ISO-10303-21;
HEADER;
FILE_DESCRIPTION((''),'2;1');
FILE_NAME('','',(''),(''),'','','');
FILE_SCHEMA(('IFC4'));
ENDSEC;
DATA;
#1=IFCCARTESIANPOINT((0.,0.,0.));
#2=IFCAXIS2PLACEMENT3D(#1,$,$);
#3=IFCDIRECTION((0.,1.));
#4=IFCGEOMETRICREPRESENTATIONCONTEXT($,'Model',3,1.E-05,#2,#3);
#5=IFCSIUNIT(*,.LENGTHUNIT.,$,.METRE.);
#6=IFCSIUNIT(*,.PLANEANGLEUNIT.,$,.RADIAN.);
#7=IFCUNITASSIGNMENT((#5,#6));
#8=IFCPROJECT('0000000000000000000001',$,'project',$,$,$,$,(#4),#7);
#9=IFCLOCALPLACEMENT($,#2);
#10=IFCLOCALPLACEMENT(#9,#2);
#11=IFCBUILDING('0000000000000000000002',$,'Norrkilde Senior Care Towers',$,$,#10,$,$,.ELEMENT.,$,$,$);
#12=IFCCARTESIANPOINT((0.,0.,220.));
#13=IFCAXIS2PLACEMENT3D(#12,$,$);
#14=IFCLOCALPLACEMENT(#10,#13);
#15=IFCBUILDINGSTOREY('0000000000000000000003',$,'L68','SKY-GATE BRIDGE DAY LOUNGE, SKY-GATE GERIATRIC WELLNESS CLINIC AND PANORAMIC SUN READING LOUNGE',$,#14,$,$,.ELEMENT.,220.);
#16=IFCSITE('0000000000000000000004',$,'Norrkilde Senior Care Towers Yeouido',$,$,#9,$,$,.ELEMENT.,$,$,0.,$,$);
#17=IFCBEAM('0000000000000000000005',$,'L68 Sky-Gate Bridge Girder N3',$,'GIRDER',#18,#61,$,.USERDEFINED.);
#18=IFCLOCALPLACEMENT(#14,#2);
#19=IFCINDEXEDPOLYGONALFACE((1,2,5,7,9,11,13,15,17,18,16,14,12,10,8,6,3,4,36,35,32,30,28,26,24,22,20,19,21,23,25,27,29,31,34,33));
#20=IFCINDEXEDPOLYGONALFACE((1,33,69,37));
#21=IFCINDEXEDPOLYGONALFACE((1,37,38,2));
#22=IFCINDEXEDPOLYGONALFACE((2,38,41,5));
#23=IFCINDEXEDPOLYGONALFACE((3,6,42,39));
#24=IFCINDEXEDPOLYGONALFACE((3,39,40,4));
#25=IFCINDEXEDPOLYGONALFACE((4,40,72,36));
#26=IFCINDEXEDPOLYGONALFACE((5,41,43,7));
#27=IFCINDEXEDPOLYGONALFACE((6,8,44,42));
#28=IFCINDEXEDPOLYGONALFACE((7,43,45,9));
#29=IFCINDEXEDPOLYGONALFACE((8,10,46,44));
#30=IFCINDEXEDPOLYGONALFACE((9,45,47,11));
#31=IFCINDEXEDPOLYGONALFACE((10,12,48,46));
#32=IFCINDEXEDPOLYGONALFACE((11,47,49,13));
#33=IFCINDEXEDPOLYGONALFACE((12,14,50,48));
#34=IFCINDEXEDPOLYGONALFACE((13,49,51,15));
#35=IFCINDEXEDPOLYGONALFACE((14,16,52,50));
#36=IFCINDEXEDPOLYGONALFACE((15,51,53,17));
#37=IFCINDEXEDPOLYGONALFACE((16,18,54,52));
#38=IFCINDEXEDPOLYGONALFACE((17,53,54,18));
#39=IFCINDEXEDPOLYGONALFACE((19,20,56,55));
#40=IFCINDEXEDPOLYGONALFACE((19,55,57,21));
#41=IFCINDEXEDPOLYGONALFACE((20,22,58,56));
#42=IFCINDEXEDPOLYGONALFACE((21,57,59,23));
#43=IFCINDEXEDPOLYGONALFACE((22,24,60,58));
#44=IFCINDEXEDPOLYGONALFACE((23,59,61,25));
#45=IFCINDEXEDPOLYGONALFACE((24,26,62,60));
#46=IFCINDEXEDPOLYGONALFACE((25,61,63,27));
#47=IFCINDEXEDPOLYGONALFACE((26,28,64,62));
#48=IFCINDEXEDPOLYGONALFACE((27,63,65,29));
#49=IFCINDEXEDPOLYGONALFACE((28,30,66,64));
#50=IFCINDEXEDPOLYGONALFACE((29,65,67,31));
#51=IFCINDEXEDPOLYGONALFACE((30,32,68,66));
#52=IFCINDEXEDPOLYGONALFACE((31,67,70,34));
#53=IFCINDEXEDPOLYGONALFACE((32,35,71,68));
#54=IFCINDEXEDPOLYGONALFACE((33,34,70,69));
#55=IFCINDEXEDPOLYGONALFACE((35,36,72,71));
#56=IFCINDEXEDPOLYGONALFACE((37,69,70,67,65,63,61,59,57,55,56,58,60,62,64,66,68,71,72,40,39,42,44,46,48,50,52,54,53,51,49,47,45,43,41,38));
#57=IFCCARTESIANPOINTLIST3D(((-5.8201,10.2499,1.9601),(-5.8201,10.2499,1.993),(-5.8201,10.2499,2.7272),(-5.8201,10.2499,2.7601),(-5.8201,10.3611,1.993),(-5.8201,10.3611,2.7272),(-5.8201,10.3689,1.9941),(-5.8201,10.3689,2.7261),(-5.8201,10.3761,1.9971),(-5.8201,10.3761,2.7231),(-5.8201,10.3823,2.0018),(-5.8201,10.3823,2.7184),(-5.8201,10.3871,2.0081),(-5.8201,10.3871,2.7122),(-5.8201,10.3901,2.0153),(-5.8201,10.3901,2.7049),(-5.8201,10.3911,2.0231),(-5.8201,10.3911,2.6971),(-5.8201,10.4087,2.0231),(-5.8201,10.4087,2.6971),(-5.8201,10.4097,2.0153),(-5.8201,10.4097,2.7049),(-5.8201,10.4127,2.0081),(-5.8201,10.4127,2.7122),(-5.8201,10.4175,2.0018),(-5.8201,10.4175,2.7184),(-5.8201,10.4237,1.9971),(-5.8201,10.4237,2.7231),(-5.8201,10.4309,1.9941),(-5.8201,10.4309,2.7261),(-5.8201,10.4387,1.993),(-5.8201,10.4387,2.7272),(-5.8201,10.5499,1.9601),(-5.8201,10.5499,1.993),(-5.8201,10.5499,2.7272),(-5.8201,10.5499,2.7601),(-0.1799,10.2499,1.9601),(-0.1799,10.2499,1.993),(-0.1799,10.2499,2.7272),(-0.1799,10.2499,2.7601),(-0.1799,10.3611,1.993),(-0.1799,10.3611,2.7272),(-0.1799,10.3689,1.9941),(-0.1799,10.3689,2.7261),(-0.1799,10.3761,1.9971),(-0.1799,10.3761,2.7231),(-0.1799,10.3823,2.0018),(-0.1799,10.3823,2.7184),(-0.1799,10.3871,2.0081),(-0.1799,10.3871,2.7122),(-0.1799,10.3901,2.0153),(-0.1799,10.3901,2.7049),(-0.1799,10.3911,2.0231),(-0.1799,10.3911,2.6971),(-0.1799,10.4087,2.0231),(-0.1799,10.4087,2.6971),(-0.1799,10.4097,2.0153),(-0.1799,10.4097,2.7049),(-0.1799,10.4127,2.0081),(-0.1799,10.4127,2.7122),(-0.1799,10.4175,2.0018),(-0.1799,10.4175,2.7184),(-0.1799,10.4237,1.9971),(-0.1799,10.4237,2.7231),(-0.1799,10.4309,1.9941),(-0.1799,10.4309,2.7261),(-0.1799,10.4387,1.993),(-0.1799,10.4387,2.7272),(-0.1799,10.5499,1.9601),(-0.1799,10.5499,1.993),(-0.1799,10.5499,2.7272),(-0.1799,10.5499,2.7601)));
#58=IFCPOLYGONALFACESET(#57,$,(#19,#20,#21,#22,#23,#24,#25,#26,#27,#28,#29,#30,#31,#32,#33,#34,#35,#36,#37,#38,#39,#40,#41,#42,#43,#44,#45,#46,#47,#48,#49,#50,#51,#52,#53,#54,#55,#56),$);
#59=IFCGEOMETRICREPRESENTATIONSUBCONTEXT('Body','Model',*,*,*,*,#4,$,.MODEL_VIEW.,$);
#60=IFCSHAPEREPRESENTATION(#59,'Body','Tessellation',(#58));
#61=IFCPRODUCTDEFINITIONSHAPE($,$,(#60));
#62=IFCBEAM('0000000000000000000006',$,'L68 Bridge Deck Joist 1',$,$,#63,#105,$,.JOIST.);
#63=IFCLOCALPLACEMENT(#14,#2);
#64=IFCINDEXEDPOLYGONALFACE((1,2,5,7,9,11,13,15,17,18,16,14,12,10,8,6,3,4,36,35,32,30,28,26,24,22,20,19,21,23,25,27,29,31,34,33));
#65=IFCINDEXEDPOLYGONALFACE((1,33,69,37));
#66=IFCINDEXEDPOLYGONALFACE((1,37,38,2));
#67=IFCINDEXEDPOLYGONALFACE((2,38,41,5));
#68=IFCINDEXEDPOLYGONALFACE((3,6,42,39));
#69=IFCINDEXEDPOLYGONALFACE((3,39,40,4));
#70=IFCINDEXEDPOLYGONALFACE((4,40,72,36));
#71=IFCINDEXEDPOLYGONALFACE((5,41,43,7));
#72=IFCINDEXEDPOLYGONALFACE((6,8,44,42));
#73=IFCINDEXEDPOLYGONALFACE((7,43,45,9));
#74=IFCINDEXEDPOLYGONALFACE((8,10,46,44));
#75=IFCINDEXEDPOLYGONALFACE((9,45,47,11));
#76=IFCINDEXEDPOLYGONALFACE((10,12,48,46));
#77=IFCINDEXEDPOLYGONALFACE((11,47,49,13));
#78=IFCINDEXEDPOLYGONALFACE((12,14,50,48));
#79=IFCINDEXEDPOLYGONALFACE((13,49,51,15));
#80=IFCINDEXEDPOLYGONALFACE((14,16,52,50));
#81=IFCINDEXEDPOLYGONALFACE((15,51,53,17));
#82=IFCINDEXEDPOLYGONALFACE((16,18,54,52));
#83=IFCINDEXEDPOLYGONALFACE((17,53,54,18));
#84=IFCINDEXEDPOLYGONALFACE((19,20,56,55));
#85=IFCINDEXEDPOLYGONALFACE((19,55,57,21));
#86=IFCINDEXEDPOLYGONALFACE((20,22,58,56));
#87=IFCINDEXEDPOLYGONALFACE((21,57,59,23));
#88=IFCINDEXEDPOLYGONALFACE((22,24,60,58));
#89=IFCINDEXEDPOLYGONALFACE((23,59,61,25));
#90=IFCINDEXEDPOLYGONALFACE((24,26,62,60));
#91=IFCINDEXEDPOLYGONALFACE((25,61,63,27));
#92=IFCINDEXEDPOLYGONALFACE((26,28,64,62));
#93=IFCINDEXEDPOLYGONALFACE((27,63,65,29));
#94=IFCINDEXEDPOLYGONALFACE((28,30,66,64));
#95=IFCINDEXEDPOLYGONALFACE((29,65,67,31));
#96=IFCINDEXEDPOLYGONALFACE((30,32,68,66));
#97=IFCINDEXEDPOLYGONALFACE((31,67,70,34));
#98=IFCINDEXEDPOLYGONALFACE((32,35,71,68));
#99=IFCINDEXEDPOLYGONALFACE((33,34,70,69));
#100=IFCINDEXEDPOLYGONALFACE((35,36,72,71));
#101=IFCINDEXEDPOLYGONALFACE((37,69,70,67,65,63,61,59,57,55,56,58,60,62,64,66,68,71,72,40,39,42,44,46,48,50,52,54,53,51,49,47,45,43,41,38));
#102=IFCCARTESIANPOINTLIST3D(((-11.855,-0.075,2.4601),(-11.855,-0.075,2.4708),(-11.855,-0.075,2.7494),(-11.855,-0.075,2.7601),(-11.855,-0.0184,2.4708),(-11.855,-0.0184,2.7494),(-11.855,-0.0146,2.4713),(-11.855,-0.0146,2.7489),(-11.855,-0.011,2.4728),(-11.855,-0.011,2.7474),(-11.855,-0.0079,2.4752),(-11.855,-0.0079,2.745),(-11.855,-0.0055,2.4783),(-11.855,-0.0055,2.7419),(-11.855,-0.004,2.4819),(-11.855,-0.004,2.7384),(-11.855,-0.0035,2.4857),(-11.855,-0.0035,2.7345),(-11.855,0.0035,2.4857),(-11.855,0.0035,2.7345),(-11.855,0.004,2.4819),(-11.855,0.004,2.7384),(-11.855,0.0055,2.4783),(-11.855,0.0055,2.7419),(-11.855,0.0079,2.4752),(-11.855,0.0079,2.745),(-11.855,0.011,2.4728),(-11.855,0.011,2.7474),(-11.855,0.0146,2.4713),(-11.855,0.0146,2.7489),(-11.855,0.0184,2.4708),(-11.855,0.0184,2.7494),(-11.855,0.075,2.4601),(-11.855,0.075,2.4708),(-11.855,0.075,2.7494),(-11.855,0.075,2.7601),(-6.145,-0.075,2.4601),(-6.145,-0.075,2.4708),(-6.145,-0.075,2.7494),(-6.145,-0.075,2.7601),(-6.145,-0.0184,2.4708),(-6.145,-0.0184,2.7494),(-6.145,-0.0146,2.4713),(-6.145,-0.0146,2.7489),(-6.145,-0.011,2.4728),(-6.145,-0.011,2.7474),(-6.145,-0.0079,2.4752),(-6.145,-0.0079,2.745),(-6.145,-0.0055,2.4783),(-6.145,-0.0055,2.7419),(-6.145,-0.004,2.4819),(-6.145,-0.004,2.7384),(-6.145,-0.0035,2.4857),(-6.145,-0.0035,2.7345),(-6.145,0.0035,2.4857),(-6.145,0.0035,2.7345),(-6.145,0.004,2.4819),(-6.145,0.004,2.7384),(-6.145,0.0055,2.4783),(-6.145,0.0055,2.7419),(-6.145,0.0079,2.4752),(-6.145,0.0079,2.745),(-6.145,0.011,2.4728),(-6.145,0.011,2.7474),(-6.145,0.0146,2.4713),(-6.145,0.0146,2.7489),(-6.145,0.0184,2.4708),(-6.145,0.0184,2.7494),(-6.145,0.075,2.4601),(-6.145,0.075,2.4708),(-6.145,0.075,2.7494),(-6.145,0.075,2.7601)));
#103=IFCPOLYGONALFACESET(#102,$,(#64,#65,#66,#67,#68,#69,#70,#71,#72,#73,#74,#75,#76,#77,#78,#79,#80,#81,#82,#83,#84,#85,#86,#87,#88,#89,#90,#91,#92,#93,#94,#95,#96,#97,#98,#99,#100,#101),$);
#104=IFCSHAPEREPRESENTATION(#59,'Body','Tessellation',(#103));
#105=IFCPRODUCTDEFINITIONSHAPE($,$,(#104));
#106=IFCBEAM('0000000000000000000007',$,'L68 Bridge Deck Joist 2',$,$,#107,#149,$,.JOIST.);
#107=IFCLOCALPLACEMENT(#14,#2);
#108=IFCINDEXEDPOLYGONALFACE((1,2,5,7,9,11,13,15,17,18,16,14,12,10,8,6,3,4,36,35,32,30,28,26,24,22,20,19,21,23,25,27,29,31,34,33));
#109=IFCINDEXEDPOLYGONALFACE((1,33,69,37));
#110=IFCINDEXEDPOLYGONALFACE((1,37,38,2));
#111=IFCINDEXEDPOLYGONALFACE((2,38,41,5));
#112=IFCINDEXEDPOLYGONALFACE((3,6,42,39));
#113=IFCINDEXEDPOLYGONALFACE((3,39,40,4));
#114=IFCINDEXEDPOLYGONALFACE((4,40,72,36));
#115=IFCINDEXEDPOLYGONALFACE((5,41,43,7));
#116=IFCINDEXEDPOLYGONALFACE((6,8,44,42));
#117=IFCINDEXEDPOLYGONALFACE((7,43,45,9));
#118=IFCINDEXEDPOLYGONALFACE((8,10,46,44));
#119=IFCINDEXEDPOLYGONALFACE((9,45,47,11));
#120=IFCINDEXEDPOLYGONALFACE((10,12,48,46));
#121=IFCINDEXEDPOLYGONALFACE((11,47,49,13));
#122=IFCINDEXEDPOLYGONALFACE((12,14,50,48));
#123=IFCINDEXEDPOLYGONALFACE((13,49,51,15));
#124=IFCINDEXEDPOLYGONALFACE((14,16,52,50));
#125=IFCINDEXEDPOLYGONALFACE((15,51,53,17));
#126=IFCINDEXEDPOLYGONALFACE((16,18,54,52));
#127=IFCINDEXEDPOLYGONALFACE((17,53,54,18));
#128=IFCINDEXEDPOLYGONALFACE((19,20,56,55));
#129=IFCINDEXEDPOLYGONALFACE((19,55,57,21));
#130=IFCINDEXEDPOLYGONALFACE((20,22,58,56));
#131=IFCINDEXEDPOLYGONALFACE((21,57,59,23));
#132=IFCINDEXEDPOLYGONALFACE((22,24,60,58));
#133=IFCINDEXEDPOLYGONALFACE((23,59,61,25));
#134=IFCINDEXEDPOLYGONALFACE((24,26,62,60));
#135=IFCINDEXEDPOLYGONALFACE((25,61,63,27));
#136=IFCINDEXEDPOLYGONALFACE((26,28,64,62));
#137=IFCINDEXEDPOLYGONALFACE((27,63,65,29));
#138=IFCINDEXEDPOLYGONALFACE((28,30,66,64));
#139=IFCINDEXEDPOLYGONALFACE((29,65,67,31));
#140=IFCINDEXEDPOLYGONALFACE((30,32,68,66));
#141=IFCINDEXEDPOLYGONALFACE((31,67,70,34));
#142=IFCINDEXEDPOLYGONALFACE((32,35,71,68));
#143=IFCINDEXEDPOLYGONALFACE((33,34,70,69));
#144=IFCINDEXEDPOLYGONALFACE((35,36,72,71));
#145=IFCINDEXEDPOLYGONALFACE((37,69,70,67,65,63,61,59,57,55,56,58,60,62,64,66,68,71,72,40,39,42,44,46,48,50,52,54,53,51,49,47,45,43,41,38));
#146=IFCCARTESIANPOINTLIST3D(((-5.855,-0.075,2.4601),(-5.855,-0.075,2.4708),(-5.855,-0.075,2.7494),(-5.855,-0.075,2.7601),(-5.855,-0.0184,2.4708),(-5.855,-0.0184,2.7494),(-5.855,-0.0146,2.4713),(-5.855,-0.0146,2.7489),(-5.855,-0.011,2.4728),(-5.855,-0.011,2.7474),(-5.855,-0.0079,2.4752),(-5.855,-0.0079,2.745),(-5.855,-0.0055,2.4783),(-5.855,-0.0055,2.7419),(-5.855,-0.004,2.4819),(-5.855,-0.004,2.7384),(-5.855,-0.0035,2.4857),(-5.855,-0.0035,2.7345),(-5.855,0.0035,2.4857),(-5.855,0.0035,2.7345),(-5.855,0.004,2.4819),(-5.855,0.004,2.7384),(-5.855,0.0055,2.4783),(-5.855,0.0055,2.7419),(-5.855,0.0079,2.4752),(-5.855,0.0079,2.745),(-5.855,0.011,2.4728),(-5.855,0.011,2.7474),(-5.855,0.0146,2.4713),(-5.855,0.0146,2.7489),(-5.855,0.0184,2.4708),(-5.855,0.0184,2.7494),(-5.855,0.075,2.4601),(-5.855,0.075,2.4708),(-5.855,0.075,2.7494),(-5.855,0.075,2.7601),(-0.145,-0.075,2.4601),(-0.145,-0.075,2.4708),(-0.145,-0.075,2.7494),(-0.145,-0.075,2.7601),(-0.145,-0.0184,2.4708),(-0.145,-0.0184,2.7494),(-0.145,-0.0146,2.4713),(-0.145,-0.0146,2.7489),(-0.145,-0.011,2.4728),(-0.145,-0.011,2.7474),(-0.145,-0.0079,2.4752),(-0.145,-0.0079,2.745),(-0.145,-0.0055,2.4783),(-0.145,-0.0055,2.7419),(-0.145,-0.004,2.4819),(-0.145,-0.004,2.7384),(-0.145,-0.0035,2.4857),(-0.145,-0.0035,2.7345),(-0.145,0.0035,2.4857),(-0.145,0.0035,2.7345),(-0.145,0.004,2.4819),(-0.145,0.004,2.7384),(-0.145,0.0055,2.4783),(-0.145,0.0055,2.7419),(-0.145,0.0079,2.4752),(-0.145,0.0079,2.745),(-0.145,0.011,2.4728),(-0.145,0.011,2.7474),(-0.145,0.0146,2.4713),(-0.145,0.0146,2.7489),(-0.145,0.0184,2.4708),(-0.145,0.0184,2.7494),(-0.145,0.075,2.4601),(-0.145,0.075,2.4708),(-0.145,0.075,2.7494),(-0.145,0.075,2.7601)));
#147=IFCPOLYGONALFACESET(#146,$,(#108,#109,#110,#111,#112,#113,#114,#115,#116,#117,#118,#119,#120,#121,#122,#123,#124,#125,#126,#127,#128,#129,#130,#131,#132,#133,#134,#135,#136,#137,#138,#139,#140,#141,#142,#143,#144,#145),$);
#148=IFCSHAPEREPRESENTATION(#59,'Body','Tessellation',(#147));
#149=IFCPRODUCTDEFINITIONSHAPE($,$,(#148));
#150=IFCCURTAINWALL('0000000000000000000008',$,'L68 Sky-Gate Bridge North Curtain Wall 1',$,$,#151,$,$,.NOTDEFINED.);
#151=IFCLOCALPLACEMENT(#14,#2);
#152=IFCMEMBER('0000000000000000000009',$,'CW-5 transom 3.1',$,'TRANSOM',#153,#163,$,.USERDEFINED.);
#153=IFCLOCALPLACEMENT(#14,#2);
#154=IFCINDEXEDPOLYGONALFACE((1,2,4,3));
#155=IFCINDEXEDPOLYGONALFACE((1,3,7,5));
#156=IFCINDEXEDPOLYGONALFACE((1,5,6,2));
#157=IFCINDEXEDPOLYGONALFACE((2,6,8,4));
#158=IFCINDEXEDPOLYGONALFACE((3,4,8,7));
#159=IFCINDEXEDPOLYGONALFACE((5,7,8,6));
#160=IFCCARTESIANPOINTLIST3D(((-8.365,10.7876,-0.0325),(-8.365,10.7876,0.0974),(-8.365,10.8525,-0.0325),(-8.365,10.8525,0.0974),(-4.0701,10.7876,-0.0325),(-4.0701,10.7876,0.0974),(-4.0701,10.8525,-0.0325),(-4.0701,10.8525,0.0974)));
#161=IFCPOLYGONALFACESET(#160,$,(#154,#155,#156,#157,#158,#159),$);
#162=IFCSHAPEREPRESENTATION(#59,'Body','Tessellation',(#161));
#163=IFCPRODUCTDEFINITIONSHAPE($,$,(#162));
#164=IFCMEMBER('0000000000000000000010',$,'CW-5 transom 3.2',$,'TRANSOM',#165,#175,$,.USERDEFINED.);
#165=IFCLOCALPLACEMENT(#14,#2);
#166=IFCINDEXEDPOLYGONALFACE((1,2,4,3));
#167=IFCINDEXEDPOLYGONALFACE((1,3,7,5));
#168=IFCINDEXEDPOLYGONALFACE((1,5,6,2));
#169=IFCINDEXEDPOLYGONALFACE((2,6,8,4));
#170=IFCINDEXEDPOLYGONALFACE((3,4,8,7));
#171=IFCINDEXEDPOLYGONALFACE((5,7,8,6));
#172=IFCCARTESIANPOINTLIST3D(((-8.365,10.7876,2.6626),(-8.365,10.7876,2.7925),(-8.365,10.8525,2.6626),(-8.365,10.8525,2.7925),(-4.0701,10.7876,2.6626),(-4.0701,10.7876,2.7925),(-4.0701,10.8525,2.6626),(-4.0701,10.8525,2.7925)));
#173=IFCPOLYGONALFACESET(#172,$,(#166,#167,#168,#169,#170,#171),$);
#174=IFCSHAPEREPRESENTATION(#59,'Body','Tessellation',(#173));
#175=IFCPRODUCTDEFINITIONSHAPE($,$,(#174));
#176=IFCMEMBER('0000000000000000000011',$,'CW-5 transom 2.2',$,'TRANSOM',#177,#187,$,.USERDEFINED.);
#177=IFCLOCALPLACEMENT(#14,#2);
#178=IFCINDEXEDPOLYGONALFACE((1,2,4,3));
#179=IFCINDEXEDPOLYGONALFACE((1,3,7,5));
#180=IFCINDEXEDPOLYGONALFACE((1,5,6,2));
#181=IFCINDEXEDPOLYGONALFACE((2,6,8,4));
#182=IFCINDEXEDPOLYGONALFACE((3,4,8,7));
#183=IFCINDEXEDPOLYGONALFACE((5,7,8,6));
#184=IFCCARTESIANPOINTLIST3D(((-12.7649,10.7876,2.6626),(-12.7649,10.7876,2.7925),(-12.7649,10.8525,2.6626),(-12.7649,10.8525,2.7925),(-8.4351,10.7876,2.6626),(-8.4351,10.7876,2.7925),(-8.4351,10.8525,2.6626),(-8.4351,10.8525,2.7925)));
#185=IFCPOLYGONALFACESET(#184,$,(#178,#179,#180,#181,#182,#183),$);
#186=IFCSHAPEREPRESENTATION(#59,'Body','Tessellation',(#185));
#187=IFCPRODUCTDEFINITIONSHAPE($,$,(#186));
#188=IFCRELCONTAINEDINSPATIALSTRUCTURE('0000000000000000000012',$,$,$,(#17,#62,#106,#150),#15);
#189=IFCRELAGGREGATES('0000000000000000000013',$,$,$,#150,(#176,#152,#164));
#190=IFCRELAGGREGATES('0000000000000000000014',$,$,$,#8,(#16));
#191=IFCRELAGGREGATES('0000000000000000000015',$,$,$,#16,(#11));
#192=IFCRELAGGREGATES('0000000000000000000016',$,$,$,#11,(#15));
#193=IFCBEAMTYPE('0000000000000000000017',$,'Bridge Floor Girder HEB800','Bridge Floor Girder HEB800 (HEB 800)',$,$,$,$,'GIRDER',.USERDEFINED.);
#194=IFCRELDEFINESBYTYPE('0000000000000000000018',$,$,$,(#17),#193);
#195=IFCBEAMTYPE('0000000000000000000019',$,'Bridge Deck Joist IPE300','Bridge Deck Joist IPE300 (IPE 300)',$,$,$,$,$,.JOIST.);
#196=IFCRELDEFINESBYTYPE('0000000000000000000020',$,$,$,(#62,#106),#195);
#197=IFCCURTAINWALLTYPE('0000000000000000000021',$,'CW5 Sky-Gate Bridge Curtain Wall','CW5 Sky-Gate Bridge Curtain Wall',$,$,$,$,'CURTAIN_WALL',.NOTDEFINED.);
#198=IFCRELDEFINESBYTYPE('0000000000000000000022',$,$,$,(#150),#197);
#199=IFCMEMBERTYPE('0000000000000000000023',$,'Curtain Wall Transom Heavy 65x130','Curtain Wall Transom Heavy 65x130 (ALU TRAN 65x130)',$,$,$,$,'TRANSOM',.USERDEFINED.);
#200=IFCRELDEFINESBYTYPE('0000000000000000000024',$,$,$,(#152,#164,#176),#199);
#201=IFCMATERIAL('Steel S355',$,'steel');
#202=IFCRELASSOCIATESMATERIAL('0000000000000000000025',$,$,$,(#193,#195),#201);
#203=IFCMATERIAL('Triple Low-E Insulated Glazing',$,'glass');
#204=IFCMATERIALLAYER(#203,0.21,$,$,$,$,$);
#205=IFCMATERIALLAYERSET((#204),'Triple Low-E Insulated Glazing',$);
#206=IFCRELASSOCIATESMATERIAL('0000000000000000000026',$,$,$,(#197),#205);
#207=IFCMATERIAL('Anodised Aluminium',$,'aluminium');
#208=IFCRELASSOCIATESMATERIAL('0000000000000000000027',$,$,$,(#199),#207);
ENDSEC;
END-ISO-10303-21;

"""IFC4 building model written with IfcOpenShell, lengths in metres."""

from ifc_helpers import new_model, si_unit, direction, frame, origin, origin_2d, place, context, subcontext, project, spatial, rectangle, i_section, extrude, source, transform, mapped, material, layer, layer_set, material_profile, profile_set, type_object, type_shapes, element, aggregate, save


model = new_model("IFC4")

# Units and contexts
model_context = context("Model", 3, precision=1e-05, world=origin(), true_north=direction((0.0, 1.0)))
body_context = subcontext(model_context, "Body", "Model", "MODEL_VIEW")
ifc_project = project(units=[si_unit("LENGTHUNIT", "METRE"), si_unit("PLANEANGLEUNIT", "RADIAN")], contexts=[model_context])

# Site, building, storey
site_placement = place(None, origin())
site = spatial("IfcSite", under=ifc_project, at=site_placement, Name="Norrkilde Senior Care Towers Yeouido", CompositionType="ELEMENT", RefElevation=0.0)
building_placement = place(site_placement, origin())
building = spatial("IfcBuilding", under=site, at=building_placement, Name="Norrkilde Senior Care Towers", CompositionType="ELEMENT")
storey_placement = place(building_placement, frame((0.0, 0.0, 220.0)))
storey = spatial("IfcBuildingStorey", under=building, at=storey_placement, Name="L68", Description="SKY-GATE BRIDGE DAY LOUNGE, SKY-GATE GERIATRIC WELLNESS CLINIC AND PANORAMIC SUN READING LOUNGE", CompositionType="ELEMENT", Elevation=220.0)

# Shared definitions
ifc_material_1 = material(Name="Steel S355", Category="steel")

# Beams
ifc_material_profile_1 = material_profile(ifc_material_1, i_section(OverallWidth=0.3, OverallDepth=0.8, WebThickness=0.0176, FlangeThickness=0.033, FilletRadius=0.03, at=origin_2d()), Name="HEB 800")
ifc_profile_set_1 = profile_set([ifc_material_profile_1], Name="Steel S355")
beam_type_1 = type_object("IfcBeamType", Name="Bridge Floor Girder HEB800", Description="Bridge Floor Girder HEB800 (HEB 800)", ElementType="GIRDER", PredefinedType="USERDEFINED", material=ifc_profile_set_1)
shared_shape_1 = source(origin(), body_context, "Body", "SweptSolid", [
    extrude(i_section(OverallWidth=0.3, OverallDepth=0.8, WebThickness=0.0176, FlangeThickness=0.033, FilletRadius=0.03, at=origin_2d()), origin(), (0.0, 0.0, 1.0), 5.6401),
])
type_shapes(beam_type_1, [shared_shape_1])
for number, where, z_axis, x_axis, name in (
    (1, (-5.8201, 10.3999, 2.3601), (1.0, 0.0, 0.0), (0.0, 1.0, 0.0), "L68 Sky-Gate Bridge Girder N3"),
):
    element("IfcBeam", number, at=place(storey_placement, frame(where, z_axis=z_axis, x_axis=x_axis)), inside=storey, type_object=beam_type_1, Name=name, ObjectType="GIRDER", PredefinedType="USERDEFINED", context=body_context, shape_type="MappedRepresentation", body=[
        mapped(shared_shape_1, transform((0.0, 0.0, 0.0), x_axis=(1.0, 0.0, 0.0), y_axis=(0.0, 1.0, 0.0), z_axis=(0.0, 0.0, 1.0), scale=1.0)),
    ])
ifc_material_profile_2 = material_profile(ifc_material_1, i_section(OverallWidth=0.1499, OverallDepth=0.3, WebThickness=0.0071, FlangeThickness=0.0107, FilletRadius=0.0149, at=origin_2d()), Name="IPE 300")
ifc_profile_set_2 = profile_set([ifc_material_profile_2], Name="Steel S355")
beam_type_2 = type_object("IfcBeamType", Name="Bridge Deck Joist IPE300", Description="Bridge Deck Joist IPE300 (IPE 300)", PredefinedType="JOIST", material=ifc_profile_set_2)
shared_shape_2 = source(origin(), body_context, "Body", "SweptSolid", [
    extrude(i_section(OverallWidth=0.1499, OverallDepth=0.3, WebThickness=0.0071, FlangeThickness=0.0107, FilletRadius=0.0149, at=origin_2d()), origin(), (0.0, 0.0, 1.0), 5.71),
])
type_shapes(beam_type_2, [shared_shape_2])
for number, where, z_axis, x_axis, name in (
    (2, (-11.855, 0.0, 2.6101), (1.0, 0.0, 0.0), (0.0, 1.0, 0.0), "L68 Bridge Deck Joist 1"),
    (3, (-5.855, 0.0, 2.6101), (1.0, 0.0, 0.0), (0.0, 1.0, 0.0), "L68 Bridge Deck Joist 2"),
):
    element("IfcBeam", number, at=place(storey_placement, frame(where, z_axis=z_axis, x_axis=x_axis)), inside=storey, type_object=beam_type_2, Name=name, PredefinedType="JOIST", context=body_context, shape_type="MappedRepresentation", body=[
        mapped(shared_shape_2, transform((0.0, 0.0, 0.0), x_axis=(1.0, 0.0, 0.0), y_axis=(0.0, 1.0, 0.0), z_axis=(0.0, 0.0, 1.0), scale=1.0)),
    ])

# Curtain wall, members
ifc_material_2 = material(Name="Triple Low-E Insulated Glazing", Category="glass")
ifc_layer_1 = layer(ifc_material_2, 0.21)
ifc_layer_set_1 = layer_set([ifc_layer_1], Name="Triple Low-E Insulated Glazing")
curtain_wall_type = type_object("IfcCurtainWallType", Name="CW5 Sky-Gate Bridge Curtain Wall", Description="CW5 Sky-Gate Bridge Curtain Wall", ElementType="CURTAIN_WALL", PredefinedType="NOTDEFINED", material=ifc_layer_set_1)
curtain_wall_1_placement = place(storey_placement, origin())
curtain_wall_1 = element("IfcCurtainWall", 4, at=curtain_wall_1_placement, inside=storey, type_object=curtain_wall_type, Name="L68 Sky-Gate Bridge North Curtain Wall 1", PredefinedType="NOTDEFINED")
ifc_material_3 = material(Name="Anodised Aluminium", Category="aluminium")
ifc_material_profile_3 = material_profile(ifc_material_3, rectangle(XDim=0.0649, YDim=0.1299, at=origin_2d()), Name="ALU TRAN 65x130")
ifc_profile_set_3 = profile_set([ifc_material_profile_3], Name="Anodised Aluminium")
member_type_1 = type_object("IfcMemberType", Name="Curtain Wall Transom Heavy 65x130", Description="Curtain Wall Transom Heavy 65x130 (ALU TRAN 65x130)", ElementType="TRANSOM", PredefinedType="USERDEFINED", material=ifc_profile_set_3)
shared_shape_3 = source(origin(), body_context, "Body", "SweptSolid", [
    extrude(rectangle(XDim=0.0649, YDim=0.1299, at=origin_2d()), origin(), (0.0, 0.0, 1.0), 4.2949),
])
member_1_placement = place(storey_placement, frame((-8.365, 10.8201, 0.0325), z_axis=(1.0, 0.0, 0.0), x_axis=(0.0, 1.0, 0.0)))
member_1 = element("IfcMember", 5, at=member_1_placement, type_object=member_type_1, Name="CW-5 transom 3.1", ObjectType="TRANSOM", PredefinedType="USERDEFINED", context=body_context, shape_type="MappedRepresentation", body=[
    mapped(shared_shape_3, transform((0.0, 0.0, 0.0), x_axis=(1.0, 0.0, 0.0), y_axis=(0.0, 1.0, 0.0), z_axis=(0.0, 0.0, 1.0), scale=1.0)),
])
member_2_placement = place(storey_placement, frame((-8.365, 10.8201, 2.7275), z_axis=(1.0, 0.0, 0.0), x_axis=(0.0, 1.0, 0.0)))
member_2 = element("IfcMember", 6, at=member_2_placement, type_object=member_type_1, Name="CW-5 transom 3.2", ObjectType="TRANSOM", PredefinedType="USERDEFINED", context=body_context, shape_type="MappedRepresentation", body=[
    mapped(shared_shape_3, transform((0.0, 0.0, 0.0), x_axis=(1.0, 0.0, 0.0), y_axis=(0.0, 1.0, 0.0), z_axis=(0.0, 0.0, 1.0), scale=1.0)),
])
shared_shape_4 = source(origin(), body_context, "Body", "SweptSolid", [
    extrude(rectangle(XDim=0.0649, YDim=0.1299, at=origin_2d()), origin(), (0.0, 0.0, 1.0), 4.3298),
])
member_3_placement = place(storey_placement, frame((-12.7649, 10.8201, 2.7275), z_axis=(1.0, 0.0, 0.0), x_axis=(0.0, 1.0, 0.0)))
member_3 = element("IfcMember", 7, at=member_3_placement, type_object=member_type_1, Name="CW-5 transom 2.2", ObjectType="TRANSOM", PredefinedType="USERDEFINED", context=body_context, shape_type="MappedRepresentation", body=[
    mapped(shared_shape_4, transform((0.0, 0.0, 0.0), x_axis=(1.0, 0.0, 0.0), y_axis=(0.0, 1.0, 0.0), z_axis=(0.0, 0.0, 1.0), scale=1.0)),
])

aggregate(curtain_wall_1, [member_3, member_1, member_2])

save(model, "model.ifc")
